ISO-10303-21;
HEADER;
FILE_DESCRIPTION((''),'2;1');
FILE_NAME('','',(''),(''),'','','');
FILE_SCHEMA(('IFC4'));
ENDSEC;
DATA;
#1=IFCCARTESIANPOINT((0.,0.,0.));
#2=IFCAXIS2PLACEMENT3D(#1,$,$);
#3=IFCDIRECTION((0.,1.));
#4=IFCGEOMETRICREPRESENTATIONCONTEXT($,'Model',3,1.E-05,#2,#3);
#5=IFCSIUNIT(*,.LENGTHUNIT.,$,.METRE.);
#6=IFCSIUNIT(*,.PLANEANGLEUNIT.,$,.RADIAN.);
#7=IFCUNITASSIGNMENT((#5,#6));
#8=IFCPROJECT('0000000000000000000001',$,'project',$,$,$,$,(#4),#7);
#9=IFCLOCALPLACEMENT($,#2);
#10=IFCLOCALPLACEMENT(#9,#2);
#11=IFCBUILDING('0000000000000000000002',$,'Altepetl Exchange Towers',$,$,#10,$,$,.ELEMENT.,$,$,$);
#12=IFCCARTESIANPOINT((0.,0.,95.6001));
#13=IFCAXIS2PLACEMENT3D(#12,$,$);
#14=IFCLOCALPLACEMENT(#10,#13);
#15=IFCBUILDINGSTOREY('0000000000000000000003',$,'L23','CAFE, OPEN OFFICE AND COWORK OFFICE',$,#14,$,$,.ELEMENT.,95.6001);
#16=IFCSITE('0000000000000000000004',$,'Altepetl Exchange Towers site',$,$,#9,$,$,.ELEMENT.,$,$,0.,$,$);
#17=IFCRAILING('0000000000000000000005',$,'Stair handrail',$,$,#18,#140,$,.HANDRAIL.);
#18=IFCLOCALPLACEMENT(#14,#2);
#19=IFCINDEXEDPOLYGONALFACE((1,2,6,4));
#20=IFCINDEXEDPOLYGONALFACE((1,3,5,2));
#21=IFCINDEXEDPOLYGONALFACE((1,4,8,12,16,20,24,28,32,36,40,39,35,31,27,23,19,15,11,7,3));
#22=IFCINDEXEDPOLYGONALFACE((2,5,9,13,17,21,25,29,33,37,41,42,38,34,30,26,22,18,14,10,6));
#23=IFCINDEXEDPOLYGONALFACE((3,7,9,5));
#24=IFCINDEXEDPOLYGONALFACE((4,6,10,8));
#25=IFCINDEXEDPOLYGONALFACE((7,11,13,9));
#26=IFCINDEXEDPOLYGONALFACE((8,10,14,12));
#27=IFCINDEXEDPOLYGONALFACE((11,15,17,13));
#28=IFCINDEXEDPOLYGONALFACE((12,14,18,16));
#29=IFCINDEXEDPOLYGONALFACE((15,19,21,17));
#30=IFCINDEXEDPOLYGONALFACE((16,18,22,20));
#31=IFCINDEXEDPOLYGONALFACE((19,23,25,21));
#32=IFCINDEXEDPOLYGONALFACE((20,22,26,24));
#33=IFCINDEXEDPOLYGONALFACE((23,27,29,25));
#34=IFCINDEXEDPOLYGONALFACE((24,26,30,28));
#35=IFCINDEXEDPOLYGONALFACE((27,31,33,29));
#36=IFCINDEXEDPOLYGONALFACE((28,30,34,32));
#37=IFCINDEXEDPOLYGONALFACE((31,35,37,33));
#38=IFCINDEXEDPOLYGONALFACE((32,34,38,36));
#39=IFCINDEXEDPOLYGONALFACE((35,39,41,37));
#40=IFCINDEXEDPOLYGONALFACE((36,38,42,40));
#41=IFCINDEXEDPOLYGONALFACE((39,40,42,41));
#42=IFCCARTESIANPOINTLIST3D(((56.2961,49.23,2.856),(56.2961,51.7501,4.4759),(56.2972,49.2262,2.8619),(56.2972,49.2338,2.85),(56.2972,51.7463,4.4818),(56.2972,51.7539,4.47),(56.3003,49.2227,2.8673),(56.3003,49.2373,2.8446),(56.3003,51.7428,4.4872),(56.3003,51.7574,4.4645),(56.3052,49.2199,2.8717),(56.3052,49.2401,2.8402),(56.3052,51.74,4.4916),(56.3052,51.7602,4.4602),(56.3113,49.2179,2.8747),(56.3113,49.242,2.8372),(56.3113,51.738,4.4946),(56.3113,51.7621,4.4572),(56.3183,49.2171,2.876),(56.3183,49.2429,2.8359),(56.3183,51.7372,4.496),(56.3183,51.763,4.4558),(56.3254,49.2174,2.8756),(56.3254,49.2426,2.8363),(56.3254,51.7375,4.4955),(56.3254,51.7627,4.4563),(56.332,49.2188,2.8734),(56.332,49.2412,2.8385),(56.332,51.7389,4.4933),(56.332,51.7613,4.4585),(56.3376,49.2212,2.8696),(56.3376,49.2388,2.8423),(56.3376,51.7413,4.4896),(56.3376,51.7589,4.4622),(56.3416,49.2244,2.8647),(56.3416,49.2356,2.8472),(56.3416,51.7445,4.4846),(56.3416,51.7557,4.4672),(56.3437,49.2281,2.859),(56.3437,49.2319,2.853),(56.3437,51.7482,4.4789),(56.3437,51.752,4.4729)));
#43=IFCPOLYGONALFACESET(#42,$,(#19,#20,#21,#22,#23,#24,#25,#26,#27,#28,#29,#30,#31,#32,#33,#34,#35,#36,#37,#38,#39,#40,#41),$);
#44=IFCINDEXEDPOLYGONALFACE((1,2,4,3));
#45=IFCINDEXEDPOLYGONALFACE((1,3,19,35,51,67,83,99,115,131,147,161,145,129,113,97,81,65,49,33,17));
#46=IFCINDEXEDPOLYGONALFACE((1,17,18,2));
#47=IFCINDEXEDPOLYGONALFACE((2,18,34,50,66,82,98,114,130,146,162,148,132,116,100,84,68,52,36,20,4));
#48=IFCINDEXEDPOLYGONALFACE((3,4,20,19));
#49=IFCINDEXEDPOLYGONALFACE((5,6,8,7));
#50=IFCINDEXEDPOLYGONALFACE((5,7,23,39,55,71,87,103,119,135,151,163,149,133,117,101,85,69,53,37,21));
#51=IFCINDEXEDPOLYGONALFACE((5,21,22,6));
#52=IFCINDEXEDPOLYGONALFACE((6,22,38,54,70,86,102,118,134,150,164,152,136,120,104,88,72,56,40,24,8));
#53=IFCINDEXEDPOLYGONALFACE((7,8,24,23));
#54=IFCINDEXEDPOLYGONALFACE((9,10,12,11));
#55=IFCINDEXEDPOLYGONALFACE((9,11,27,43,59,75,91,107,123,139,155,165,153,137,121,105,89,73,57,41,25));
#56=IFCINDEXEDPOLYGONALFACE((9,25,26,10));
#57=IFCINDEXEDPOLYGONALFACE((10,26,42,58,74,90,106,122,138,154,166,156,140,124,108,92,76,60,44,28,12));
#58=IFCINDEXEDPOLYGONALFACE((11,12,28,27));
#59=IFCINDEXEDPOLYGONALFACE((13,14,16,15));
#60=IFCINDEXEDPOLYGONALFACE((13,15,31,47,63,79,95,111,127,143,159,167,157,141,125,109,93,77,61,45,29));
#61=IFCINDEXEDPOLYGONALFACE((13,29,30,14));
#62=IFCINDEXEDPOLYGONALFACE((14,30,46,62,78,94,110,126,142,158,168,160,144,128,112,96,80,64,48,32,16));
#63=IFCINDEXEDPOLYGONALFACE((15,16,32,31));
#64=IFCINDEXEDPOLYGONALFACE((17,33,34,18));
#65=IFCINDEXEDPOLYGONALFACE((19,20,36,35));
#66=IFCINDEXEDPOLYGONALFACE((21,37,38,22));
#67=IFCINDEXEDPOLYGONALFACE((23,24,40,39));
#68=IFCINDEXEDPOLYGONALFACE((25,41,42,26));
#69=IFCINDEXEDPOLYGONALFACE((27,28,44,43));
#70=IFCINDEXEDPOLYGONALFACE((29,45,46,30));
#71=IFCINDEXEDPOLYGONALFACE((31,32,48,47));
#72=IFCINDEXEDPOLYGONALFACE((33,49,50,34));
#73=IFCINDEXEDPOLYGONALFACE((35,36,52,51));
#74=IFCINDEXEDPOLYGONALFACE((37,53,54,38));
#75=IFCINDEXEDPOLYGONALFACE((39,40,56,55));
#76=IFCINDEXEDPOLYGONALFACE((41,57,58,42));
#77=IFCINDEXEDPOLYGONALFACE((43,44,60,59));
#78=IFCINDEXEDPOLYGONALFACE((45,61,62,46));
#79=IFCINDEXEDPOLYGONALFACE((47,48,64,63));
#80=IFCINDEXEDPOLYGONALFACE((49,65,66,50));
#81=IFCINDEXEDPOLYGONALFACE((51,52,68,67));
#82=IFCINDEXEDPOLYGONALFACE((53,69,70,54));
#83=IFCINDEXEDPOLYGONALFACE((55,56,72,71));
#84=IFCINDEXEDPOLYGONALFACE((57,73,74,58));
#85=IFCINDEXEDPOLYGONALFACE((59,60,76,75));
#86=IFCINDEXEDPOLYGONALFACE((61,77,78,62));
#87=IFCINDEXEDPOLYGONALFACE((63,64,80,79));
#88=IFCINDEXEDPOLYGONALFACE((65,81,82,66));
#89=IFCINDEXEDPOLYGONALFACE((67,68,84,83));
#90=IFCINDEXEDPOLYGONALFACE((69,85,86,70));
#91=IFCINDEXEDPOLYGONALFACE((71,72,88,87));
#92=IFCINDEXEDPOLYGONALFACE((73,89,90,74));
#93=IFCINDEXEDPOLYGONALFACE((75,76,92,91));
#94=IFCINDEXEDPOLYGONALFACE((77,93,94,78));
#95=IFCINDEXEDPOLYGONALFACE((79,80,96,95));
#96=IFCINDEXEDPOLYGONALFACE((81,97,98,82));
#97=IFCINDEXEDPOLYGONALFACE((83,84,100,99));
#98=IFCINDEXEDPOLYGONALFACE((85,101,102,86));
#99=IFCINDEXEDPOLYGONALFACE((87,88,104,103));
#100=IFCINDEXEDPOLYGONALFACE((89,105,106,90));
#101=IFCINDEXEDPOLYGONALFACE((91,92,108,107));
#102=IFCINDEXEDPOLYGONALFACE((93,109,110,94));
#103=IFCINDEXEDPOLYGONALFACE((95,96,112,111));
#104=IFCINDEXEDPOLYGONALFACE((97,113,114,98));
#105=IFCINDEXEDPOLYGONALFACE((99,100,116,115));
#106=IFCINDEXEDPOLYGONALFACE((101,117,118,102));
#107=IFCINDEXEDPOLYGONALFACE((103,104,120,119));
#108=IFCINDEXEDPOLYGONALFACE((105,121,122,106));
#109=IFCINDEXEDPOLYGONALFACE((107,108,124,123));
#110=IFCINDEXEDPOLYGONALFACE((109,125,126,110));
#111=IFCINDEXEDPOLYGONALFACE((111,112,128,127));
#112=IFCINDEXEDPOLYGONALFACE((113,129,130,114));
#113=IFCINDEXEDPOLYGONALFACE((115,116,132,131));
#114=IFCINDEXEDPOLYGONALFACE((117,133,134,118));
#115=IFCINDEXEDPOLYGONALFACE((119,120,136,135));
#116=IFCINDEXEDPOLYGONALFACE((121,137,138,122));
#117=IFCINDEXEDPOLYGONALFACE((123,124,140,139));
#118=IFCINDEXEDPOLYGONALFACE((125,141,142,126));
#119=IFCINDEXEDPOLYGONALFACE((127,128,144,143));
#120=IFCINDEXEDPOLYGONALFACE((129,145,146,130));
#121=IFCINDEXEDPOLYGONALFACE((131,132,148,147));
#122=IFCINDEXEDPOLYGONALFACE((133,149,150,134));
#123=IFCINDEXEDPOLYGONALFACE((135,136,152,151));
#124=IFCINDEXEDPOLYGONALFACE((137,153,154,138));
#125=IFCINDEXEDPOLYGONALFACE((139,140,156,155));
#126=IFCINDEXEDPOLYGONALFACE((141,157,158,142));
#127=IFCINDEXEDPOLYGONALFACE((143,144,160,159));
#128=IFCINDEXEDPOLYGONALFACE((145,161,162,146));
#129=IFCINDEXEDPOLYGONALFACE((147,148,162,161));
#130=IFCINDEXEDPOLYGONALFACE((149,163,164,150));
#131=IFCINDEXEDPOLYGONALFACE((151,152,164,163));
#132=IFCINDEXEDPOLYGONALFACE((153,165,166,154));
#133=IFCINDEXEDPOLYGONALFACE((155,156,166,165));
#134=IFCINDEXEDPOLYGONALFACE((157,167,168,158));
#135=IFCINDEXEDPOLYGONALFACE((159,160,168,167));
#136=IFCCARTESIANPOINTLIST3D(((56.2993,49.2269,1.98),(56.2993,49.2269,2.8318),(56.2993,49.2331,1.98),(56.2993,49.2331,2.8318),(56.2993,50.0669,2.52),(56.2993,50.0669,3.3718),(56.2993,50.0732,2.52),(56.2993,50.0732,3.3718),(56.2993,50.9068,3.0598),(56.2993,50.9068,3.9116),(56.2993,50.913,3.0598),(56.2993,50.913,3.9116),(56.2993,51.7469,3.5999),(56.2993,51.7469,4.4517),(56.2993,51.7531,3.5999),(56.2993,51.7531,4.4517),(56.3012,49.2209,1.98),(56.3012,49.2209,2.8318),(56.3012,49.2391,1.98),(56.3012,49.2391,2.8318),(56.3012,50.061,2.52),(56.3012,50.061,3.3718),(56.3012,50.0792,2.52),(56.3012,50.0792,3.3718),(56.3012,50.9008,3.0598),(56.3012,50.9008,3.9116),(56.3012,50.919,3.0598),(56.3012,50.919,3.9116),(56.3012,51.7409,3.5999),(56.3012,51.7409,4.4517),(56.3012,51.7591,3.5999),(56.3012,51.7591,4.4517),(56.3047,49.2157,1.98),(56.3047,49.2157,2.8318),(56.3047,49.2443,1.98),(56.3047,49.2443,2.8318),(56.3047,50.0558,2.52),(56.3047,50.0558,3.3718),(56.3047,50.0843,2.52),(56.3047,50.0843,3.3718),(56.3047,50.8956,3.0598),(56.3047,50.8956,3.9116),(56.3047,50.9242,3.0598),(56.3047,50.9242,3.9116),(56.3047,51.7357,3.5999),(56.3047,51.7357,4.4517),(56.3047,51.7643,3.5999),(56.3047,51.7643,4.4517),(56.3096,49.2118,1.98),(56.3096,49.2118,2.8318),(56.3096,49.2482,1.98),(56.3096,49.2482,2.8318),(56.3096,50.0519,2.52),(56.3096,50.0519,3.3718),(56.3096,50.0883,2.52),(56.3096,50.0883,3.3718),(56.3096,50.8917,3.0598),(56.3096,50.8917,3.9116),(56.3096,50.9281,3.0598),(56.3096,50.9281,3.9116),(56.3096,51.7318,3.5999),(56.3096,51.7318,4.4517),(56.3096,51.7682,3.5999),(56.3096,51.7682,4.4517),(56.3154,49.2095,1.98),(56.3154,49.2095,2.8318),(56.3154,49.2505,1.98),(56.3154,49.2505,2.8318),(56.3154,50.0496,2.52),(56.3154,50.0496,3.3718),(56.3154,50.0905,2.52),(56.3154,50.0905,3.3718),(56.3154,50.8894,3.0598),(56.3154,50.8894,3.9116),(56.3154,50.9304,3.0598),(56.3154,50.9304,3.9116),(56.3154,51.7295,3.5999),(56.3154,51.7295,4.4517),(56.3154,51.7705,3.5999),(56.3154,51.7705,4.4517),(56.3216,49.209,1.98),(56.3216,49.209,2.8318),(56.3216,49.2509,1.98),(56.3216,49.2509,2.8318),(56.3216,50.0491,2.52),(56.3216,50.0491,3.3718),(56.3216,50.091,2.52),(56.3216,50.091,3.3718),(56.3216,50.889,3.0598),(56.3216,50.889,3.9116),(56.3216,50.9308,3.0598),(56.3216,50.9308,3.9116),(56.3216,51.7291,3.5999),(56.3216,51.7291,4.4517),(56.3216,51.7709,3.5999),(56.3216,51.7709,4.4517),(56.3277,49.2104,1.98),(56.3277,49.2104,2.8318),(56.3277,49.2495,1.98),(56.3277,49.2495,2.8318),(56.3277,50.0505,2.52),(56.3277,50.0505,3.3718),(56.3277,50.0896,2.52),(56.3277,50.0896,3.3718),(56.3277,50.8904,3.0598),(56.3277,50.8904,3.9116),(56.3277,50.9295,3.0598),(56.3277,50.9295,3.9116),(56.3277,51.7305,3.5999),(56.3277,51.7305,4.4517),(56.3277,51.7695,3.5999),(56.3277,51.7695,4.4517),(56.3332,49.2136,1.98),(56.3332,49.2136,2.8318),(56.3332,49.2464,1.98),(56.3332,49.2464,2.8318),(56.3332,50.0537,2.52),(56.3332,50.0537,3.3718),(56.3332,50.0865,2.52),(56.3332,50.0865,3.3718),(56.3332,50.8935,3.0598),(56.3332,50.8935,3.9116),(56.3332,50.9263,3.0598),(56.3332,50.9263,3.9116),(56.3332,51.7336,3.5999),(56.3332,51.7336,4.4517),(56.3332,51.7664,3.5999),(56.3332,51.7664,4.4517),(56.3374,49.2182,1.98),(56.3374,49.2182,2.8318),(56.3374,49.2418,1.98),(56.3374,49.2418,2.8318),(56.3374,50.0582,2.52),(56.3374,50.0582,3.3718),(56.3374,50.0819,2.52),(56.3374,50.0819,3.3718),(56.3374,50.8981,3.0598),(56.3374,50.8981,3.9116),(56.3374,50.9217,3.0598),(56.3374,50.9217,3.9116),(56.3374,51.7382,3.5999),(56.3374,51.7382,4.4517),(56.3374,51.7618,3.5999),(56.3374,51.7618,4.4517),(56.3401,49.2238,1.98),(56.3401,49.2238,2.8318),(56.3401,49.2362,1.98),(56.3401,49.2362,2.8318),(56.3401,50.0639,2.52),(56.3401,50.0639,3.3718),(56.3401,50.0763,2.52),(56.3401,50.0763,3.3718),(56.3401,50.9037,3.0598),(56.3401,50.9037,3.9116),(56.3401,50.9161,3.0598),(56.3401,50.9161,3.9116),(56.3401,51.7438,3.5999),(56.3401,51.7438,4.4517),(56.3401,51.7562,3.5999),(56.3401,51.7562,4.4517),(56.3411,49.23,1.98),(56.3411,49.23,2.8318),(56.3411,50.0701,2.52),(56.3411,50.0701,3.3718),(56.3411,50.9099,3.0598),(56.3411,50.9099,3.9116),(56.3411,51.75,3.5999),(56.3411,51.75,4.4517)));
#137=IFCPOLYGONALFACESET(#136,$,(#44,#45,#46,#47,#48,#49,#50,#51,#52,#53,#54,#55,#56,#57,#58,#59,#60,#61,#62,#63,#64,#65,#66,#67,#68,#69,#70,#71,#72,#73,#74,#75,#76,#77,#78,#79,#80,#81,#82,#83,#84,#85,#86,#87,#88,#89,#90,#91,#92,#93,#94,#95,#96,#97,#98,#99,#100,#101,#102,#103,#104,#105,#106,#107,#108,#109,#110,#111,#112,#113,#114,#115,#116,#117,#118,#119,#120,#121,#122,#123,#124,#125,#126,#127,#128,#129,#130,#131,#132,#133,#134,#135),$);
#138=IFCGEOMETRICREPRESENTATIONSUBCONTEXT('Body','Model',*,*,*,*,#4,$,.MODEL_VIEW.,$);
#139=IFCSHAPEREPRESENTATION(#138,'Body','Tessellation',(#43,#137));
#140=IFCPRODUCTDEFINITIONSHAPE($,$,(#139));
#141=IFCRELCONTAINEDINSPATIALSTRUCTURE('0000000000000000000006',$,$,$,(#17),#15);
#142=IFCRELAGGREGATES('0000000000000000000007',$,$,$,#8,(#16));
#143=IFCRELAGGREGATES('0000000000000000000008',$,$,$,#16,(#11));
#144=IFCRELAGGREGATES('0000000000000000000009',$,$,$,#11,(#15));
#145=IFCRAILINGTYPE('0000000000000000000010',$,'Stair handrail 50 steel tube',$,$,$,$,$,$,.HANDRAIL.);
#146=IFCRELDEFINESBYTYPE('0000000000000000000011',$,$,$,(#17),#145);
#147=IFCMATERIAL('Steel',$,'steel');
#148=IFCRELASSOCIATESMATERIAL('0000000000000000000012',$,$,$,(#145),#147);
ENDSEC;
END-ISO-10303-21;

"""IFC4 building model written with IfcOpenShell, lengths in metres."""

from ifc_helpers import new_model, si_unit, direction, frame, origin, origin_2d, place, context, subcontext, project, spatial, circle, extrude, source, transform, mapped, material, type_object, element, save


model = new_model("IFC4")

# Units and contexts
model_context = context("Model", 3, precision=1e-05, world=origin(), true_north=direction((0.0, 1.0)))
body_context = subcontext(model_context, "Body", "Model", "MODEL_VIEW")
ifc_project = project(units=[si_unit("LENGTHUNIT", "METRE"), si_unit("PLANEANGLEUNIT", "RADIAN")], contexts=[model_context])

# Site, building, storey
site_placement = place(None, origin())
site = spatial("IfcSite", under=ifc_project, at=site_placement, Name="Altepetl Exchange Towers site", CompositionType="ELEMENT", RefElevation=0.0)
building_placement = place(site_placement, origin())
building = spatial("IfcBuilding", under=site, at=building_placement, Name="Altepetl Exchange Towers", CompositionType="ELEMENT")
storey_placement = place(building_placement, frame((0.0, 0.0, 95.6001)))
storey = spatial("IfcBuildingStorey", under=building, at=storey_placement, Name="L23", Description="CAFE, OPEN OFFICE AND COWORK OFFICE", CompositionType="ELEMENT", Elevation=95.6001)

# Railing
ifc_material_1 = material(Name="Steel", Category="steel")
railing_type = type_object("IfcRailingType", Name="Stair handrail 50 steel tube", PredefinedType="HANDRAIL", material=ifc_material_1)
shared_shape = source(origin(), body_context, "Body", "SweptSolid", [
    extrude(circle(Radius=0.021, at=origin_2d()), origin(), (0.0, 0.0, 1.0), 0.8518),
])
railing_1_placement = place(storey_placement, frame((56.3201, 49.23, 1.98)))
element("IfcRailing", 1, at=railing_1_placement, inside=storey, type_object=railing_type, Name="Stair handrail", PredefinedType="HANDRAIL", context=body_context, shape_type="SweptSolid", body=[
    extrude(circle(Radius=0.0239, at=origin_2d()), frame((0.0, 0.0, 0.876), z_axis=(0.0, 0.8412, 0.540725), x_axis=(-1.0, 0.0, 0.0)), (0.0, 0.0, 1.0), 2.9958),
    mapped(shared_shape, transform((0.0, 0.0, 0.0))),
    mapped(shared_shape, transform((0.0, 0.8401, 0.54))),
    mapped(shared_shape, transform((0.0, 1.6799, 1.0798))),
    mapped(shared_shape, transform((0.0, 2.52, 1.6199))),
])

save(model, "model.ifc")
